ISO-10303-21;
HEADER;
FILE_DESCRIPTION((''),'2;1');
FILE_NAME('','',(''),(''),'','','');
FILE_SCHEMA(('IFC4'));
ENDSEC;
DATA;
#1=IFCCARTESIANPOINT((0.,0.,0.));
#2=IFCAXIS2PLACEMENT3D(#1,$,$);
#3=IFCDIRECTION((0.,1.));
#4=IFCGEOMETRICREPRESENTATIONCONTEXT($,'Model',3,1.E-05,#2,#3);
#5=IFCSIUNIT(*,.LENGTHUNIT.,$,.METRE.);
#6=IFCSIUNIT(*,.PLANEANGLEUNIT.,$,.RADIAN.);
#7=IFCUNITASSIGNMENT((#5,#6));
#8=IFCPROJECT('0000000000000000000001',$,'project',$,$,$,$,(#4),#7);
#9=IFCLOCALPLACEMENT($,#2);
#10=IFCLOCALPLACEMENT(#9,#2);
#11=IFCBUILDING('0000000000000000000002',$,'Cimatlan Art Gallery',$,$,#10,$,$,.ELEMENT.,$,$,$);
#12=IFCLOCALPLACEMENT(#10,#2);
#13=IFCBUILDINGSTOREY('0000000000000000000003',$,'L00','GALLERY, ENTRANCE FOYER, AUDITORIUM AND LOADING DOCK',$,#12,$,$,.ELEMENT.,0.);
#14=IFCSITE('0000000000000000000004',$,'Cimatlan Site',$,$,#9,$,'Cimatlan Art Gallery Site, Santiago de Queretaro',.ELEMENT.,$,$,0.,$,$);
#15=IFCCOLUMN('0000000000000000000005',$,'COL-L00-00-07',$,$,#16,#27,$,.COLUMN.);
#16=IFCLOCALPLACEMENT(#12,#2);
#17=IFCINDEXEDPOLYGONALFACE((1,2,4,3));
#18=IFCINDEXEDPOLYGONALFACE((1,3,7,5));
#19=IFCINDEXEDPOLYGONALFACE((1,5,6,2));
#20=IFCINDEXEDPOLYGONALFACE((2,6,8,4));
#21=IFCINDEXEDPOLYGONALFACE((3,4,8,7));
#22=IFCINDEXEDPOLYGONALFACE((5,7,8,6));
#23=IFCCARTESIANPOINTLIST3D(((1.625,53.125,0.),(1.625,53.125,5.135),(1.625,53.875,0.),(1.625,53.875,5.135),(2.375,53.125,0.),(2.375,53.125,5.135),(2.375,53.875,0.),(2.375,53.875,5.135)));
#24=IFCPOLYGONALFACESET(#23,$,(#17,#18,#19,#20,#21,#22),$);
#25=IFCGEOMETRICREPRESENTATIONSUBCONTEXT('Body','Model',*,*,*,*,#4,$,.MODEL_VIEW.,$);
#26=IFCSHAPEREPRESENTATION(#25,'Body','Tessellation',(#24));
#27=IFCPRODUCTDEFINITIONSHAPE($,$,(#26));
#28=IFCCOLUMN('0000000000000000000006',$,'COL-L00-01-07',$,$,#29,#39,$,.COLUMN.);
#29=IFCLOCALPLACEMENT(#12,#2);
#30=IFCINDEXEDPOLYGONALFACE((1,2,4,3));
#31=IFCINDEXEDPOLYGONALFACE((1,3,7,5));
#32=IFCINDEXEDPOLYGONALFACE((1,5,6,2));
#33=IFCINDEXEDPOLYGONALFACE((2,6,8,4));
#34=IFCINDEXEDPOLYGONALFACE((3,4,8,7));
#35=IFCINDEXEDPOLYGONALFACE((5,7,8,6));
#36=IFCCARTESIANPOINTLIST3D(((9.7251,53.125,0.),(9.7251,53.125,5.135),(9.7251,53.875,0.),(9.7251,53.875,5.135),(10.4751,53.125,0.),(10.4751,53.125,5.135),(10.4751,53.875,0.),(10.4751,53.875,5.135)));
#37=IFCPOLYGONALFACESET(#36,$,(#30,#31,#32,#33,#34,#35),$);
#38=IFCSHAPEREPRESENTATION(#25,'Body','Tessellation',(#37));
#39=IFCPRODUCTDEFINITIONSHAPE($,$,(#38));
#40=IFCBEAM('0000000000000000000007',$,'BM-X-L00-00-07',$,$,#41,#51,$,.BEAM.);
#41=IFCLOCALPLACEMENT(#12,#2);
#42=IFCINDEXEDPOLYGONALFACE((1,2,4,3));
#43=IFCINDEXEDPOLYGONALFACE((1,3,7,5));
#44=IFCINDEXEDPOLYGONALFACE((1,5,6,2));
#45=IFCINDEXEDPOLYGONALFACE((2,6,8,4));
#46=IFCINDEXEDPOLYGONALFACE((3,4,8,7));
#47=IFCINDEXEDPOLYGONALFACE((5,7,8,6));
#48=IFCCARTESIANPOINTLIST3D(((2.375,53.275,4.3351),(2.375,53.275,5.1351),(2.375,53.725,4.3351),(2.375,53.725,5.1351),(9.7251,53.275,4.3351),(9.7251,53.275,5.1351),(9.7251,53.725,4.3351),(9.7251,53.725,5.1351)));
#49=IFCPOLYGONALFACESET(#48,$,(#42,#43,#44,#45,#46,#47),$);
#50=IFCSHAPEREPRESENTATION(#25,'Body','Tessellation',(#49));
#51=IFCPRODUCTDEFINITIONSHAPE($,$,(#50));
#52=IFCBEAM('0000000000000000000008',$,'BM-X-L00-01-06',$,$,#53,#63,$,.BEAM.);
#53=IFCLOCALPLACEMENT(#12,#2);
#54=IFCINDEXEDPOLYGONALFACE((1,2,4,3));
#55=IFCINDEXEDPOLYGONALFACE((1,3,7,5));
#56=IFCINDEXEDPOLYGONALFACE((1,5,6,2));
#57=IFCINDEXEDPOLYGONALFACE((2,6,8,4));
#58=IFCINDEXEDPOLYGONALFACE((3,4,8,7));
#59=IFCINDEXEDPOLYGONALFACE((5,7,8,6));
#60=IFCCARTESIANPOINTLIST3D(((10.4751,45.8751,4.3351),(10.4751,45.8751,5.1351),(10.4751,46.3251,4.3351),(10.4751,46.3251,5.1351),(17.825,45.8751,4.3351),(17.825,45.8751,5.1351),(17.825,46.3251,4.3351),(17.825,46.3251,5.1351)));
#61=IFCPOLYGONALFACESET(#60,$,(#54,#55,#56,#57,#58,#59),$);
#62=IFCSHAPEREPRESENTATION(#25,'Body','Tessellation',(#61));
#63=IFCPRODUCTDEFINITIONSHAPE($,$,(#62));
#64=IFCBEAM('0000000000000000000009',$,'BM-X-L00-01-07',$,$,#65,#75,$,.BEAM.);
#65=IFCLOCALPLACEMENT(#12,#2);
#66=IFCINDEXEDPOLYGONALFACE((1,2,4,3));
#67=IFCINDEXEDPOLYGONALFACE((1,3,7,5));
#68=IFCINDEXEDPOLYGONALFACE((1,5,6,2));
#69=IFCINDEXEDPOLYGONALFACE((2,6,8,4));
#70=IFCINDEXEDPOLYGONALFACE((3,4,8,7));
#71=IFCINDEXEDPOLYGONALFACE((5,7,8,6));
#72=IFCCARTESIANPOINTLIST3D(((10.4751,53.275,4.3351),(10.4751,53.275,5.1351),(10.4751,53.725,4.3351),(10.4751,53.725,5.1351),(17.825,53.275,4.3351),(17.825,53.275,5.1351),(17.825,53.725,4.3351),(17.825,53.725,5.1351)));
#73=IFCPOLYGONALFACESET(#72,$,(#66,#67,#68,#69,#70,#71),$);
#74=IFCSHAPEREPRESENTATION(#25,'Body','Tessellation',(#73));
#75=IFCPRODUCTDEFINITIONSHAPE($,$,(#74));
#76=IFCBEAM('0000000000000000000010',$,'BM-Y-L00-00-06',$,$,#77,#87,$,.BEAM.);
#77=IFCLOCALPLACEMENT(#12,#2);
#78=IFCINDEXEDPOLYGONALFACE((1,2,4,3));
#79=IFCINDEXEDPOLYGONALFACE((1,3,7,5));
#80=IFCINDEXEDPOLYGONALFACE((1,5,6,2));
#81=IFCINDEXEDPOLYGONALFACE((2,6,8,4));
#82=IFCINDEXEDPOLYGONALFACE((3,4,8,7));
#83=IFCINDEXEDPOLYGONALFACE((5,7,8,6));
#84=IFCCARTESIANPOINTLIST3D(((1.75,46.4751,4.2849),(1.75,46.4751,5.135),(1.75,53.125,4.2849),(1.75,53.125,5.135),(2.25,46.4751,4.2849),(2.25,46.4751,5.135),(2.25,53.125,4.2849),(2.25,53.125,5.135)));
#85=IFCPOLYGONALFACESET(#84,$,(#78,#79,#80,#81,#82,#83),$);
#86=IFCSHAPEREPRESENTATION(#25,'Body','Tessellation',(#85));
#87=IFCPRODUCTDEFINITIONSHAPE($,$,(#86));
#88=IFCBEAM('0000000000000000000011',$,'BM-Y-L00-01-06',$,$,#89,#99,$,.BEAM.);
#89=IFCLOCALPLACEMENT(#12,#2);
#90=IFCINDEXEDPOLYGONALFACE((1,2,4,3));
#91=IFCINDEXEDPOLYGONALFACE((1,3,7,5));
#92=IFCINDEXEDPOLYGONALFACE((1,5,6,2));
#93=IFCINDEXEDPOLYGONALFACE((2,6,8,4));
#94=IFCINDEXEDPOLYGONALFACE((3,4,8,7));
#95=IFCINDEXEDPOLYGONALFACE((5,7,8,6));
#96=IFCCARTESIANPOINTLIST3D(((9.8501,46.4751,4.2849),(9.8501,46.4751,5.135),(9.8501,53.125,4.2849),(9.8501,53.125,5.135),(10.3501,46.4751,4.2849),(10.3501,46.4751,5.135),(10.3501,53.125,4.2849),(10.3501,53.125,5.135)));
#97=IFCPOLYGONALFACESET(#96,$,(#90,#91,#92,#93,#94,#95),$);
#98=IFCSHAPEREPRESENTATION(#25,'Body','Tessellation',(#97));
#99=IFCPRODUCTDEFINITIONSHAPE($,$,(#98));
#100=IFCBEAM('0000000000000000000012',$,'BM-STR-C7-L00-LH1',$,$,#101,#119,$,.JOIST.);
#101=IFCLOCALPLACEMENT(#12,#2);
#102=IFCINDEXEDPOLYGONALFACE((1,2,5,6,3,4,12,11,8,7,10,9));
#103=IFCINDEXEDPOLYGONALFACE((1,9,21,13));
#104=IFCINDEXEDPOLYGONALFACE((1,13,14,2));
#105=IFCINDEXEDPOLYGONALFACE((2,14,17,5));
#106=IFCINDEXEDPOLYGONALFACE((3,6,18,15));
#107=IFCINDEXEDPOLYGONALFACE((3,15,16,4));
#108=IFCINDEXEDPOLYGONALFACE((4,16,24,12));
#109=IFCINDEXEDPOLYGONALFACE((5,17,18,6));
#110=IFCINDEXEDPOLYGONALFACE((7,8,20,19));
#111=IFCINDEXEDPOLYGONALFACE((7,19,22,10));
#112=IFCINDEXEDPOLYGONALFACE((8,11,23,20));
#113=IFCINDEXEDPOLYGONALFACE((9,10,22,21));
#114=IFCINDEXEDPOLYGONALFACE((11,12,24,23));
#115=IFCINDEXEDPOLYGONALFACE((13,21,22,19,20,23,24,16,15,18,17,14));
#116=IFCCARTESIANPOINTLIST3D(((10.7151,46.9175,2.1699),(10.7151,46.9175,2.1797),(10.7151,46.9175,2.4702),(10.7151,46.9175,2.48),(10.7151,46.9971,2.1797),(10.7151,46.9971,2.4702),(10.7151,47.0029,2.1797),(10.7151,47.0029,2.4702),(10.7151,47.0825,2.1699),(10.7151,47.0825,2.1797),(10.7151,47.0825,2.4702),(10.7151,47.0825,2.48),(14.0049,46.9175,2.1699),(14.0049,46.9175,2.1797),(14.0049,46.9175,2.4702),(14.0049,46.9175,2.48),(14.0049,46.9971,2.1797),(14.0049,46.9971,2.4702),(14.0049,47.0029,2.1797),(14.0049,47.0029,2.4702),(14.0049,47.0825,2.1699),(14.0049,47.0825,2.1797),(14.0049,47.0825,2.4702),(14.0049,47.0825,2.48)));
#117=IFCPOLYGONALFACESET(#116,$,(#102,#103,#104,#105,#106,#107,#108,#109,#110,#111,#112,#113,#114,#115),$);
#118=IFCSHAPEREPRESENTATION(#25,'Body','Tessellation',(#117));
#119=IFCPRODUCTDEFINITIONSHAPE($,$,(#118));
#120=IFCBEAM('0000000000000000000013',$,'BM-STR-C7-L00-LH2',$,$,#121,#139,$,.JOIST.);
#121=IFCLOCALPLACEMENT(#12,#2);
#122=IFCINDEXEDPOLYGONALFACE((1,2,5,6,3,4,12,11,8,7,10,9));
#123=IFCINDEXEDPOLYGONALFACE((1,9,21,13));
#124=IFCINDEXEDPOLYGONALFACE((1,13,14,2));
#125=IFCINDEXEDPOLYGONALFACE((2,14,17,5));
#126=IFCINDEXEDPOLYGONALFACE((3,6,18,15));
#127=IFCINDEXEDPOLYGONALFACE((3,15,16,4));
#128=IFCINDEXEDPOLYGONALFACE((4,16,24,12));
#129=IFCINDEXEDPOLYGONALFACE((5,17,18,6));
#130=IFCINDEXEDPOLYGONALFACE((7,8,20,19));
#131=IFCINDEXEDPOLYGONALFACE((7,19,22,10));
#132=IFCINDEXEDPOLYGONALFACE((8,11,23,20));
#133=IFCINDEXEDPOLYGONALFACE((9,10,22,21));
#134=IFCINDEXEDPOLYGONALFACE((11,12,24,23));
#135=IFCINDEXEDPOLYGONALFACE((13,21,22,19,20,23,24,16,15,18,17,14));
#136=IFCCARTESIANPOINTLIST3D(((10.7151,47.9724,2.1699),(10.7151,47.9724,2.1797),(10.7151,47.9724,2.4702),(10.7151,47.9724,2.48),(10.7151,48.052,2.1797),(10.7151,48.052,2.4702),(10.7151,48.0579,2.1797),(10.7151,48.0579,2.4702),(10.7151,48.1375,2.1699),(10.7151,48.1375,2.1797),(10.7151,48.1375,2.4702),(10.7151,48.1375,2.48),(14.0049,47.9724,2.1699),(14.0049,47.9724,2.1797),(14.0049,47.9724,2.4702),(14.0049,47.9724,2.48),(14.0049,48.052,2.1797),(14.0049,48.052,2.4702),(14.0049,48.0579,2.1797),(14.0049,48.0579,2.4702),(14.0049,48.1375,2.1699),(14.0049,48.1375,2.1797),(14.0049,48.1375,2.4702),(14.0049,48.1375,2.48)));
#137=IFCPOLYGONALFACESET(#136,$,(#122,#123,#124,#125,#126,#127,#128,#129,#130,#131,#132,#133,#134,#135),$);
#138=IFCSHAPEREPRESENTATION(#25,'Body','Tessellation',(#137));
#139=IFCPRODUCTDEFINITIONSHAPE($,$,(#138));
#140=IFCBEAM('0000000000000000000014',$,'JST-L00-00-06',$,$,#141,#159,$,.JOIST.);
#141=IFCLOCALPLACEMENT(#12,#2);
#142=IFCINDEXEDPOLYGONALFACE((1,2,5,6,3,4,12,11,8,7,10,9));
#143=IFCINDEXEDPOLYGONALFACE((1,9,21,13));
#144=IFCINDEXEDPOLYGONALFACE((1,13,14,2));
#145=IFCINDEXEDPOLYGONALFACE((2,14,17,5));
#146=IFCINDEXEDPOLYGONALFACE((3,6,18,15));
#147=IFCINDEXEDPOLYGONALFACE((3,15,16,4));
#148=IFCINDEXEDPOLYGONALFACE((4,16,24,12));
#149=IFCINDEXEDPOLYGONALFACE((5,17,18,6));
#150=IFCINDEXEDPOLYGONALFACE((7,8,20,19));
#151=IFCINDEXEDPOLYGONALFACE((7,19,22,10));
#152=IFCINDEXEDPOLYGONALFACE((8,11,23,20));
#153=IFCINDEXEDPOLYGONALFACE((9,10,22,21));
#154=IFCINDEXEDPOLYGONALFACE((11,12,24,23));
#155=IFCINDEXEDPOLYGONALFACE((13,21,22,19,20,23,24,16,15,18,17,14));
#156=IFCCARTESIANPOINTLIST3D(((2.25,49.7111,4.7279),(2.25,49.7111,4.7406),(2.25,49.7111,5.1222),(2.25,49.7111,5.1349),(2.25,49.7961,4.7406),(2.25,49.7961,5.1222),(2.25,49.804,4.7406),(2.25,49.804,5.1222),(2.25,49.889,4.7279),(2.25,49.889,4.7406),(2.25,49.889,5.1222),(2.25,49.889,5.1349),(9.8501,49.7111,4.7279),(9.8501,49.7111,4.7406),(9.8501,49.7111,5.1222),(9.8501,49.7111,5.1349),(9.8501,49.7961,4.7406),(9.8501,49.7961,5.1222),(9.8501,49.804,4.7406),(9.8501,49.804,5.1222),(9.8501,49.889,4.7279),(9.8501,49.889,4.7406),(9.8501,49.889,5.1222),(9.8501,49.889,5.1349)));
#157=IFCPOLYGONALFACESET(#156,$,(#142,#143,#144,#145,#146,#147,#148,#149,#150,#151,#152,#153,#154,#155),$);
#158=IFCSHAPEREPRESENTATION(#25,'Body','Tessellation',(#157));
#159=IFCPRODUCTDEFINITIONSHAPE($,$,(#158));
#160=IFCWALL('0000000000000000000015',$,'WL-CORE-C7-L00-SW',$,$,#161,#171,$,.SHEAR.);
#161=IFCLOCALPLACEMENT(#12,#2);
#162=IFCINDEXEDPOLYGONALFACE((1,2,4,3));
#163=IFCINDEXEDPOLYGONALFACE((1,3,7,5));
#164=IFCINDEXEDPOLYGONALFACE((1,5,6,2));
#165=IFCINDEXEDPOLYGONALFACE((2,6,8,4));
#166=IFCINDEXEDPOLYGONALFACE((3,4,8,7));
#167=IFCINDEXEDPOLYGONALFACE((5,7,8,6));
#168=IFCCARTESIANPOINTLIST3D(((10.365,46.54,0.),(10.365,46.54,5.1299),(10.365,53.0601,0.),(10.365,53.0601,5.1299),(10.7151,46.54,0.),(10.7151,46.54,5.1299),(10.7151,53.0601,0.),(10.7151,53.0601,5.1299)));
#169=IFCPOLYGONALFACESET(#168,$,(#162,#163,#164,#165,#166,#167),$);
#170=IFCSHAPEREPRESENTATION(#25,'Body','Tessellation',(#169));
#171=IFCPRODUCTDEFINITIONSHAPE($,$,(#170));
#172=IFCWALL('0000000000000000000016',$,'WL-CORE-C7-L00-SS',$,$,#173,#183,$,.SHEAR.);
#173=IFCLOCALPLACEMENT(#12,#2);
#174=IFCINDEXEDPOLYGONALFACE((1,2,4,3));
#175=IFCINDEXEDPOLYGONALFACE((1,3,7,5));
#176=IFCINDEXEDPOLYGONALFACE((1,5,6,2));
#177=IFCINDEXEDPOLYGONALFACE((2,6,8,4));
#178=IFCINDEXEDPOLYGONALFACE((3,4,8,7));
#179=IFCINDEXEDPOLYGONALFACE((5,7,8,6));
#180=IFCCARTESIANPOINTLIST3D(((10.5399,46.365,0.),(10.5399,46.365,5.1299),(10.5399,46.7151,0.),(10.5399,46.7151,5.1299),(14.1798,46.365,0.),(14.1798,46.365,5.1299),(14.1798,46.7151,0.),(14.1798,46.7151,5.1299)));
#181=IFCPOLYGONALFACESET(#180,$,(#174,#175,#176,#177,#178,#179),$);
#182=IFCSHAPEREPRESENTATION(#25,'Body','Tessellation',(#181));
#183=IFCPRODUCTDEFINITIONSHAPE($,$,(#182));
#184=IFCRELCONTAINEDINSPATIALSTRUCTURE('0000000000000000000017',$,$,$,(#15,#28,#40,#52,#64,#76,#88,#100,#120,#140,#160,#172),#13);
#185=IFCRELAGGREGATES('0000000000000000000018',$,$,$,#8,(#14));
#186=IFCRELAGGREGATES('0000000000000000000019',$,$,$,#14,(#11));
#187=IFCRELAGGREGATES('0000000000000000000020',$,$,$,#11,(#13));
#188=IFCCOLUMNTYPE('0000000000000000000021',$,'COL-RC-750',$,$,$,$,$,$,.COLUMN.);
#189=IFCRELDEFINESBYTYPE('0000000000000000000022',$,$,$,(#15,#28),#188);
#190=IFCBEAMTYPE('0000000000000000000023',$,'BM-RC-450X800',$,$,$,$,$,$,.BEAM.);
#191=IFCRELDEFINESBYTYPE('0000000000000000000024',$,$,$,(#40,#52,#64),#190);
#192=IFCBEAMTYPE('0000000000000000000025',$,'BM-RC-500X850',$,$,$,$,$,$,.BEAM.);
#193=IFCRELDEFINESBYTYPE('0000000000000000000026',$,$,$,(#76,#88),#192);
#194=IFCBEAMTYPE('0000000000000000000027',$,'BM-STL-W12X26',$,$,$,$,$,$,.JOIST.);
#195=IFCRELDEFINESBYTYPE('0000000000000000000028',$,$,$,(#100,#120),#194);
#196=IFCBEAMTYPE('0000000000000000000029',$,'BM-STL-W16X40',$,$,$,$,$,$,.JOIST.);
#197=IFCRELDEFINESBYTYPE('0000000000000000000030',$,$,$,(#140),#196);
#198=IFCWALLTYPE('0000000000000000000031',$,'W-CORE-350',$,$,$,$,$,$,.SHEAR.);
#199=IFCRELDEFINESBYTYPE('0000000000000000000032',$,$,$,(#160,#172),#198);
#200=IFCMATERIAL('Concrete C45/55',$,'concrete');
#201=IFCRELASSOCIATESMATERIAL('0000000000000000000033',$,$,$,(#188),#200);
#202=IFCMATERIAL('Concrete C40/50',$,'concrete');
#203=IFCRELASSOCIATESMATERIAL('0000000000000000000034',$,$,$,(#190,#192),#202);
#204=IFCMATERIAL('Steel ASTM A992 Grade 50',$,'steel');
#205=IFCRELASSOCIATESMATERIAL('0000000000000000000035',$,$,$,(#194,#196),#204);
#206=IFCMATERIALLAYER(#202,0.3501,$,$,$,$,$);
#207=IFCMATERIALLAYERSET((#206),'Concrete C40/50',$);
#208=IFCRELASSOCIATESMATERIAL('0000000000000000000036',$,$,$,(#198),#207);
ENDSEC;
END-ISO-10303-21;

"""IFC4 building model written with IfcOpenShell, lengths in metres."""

from ifc_helpers import new_model, si_unit, direction, frame, frame_2d, origin, origin_2d, place, context, subcontext, project, spatial, rectangle, i_section, extrude, material, layer, layer_set, material_profile, profile_set, type_object, element, save


model = new_model("IFC4")

# Units and contexts
model_context = context("Model", 3, precision=1e-05, world=origin(), true_north=direction((0.0, 1.0)))
body_context = subcontext(model_context, "Body", "Model", "MODEL_VIEW")
ifc_project = project(units=[si_unit("LENGTHUNIT", "METRE"), si_unit("PLANEANGLEUNIT", "RADIAN")], contexts=[model_context])

# Site, building, storey
site_placement = place(None, origin())
site = spatial("IfcSite", under=ifc_project, at=site_placement, Name="Cimatlan Site", LongName="Cimatlan Art Gallery Site, Santiago de Queretaro", CompositionType="ELEMENT", RefElevation=0.0)
building_placement = place(site_placement, origin())
building = spatial("IfcBuilding", under=site, at=building_placement, Name="Cimatlan Art Gallery", CompositionType="ELEMENT")
storey_placement = place(building_placement, origin())
storey = spatial("IfcBuildingStorey", under=building, at=storey_placement, Name="L00", Description="GALLERY, ENTRANCE FOYER, AUDITORIUM AND LOADING DOCK", CompositionType="ELEMENT", Elevation=0.0)

# Columns
ifc_material_1 = material(Name="Concrete C45/55", Category="concrete")
ifc_material_profile_1 = material_profile(ifc_material_1, rectangle(XDim=0.75, YDim=0.75, at=origin_2d()), Name="RC750X750")
ifc_profile_set_1 = profile_set([ifc_material_profile_1], Name="Concrete C45/55")
column_type = type_object("IfcColumnType", Name="COL-RC-750", PredefinedType="COLUMN", material=ifc_profile_set_1)
for number, where, z_axis, x_axis, name in (
    (1, (2.0, 53.5, 0.0), (0.0, 0.0, 1.0), (1.0, 0.0, 0.0), "COL-L00-00-07"),
    (2, (10.1001, 53.5, 0.0), (0.0, 0.0, 1.0), (1.0, 0.0, 0.0), "COL-L00-01-07"),
):
    element("IfcColumn", number, at=place(storey_placement, frame(where, z_axis=z_axis, x_axis=x_axis)), inside=storey, type_object=column_type, Name=name, PredefinedType="COLUMN", context=body_context, shape_type="SweptSolid", body=[
        extrude(rectangle(XDim=0.75, YDim=0.75, at=origin_2d()), origin(), (0.0, 0.0, 1.0), 5.135),
    ])

# Beams
ifc_material_2 = material(Name="Concrete C40/50", Category="concrete")
ifc_material_profile_2 = material_profile(ifc_material_2, rectangle(XDim=0.45, YDim=0.8, at=origin_2d()), Name="RC450X800")
ifc_profile_set_2 = profile_set([ifc_material_profile_2], Name="Concrete C40/50")
beam_type_1 = type_object("IfcBeamType", Name="BM-RC-450X800", PredefinedType="BEAM", material=ifc_profile_set_2)
beam_1_placement = place(storey_placement, frame((2.375, 53.5, 4.7351), z_axis=(1.0, 0.0, 0.0), x_axis=(0.0, 1.0, 0.0)))
element("IfcBeam", 3, at=beam_1_placement, inside=storey, type_object=beam_type_1, Name="BM-X-L00-00-07", PredefinedType="BEAM", context=body_context, shape_type="SweptSolid", body=[
    extrude(rectangle(XDim=0.45, YDim=0.8, at=origin_2d()), origin(), (0.0, 0.0, 1.0), 7.3501),
])
for number, where, z_axis, x_axis, name in (
    (4, (10.4751, 46.1001, 4.7351), (1.0, 0.0, 0.0), (0.0, 1.0, 0.0), "BM-X-L00-01-06"),
    (5, (10.4751, 53.5, 4.7351), (1.0, 0.0, 0.0), (0.0, 1.0, 0.0), "BM-X-L00-01-07"),
):
    element("IfcBeam", number, at=place(storey_placement, frame(where, z_axis=z_axis, x_axis=x_axis)), inside=storey, type_object=beam_type_1, Name=name, PredefinedType="BEAM", context=body_context, shape_type="SweptSolid", body=[
        extrude(rectangle(XDim=0.45, YDim=0.8, at=origin_2d()), origin(), (0.0, 0.0, 1.0), 7.3499),
    ])
ifc_material_profile_3 = material_profile(ifc_material_2, rectangle(XDim=0.5, YDim=0.8501, at=origin_2d()), Name="RC500X850")
ifc_profile_set_3 = profile_set([ifc_material_profile_3], Name="Concrete C40/50")
beam_type_2 = type_object("IfcBeamType", Name="BM-RC-500X850", PredefinedType="BEAM", material=ifc_profile_set_3)
for number, where, z_axis, x_axis, name in (
    (6, (2.0, 46.4751, 4.71), (0.0, 1.0, 0.0), (-1.0, 0.0, 0.0), "BM-Y-L00-00-06"),
    (7, (10.1001, 46.4751, 4.71), (0.0, 1.0, 0.0), (-1.0, 0.0, 0.0), "BM-Y-L00-01-06"),
):
    element("IfcBeam", number, at=place(storey_placement, frame(where, z_axis=z_axis, x_axis=x_axis)), inside=storey, type_object=beam_type_2, Name=name, PredefinedType="BEAM", context=body_context, shape_type="SweptSolid", body=[
        extrude(rectangle(XDim=0.5, YDim=0.8501, at=origin_2d()), origin(), (0.0, 0.0, 1.0), 6.6499),
    ])
ifc_material_3 = material(Name="Steel ASTM A992 Grade 50", Category="steel")
ifc_material_profile_4 = material_profile(ifc_material_3, i_section(OverallWidth=0.165, OverallDepth=0.3101, WebThickness=0.0059, FlangeThickness=0.0098, at=origin_2d()), Name="W12X26")
ifc_profile_set_4 = profile_set([ifc_material_profile_4], Name="Steel ASTM A992 Grade 50")
beam_type_3 = type_object("IfcBeamType", Name="BM-STL-W12X26", PredefinedType="JOIST", material=ifc_profile_set_4)
for number, where, z_axis, x_axis, name in (
    (8, (10.7151, 47.0, 2.325), (1.0, 0.0, 0.0), (0.0, 1.0, 0.0), "BM-STR-C7-L00-LH1"),
    (9, (10.7151, 48.0549, 2.325), (1.0, 0.0, 0.0), (0.0, 1.0, 0.0), "BM-STR-C7-L00-LH2"),
):
    element("IfcBeam", number, at=place(storey_placement, frame(where, z_axis=z_axis, x_axis=x_axis)), inside=storey, type_object=beam_type_3, Name=name, PredefinedType="JOIST", context=body_context, shape_type="SweptSolid", body=[
        extrude(i_section(OverallWidth=0.165, OverallDepth=0.3101, WebThickness=0.0059, FlangeThickness=0.0098, at=origin_2d()), origin(), (0.0, 0.0, 1.0), 3.2898),
    ])
ifc_material_profile_5 = material_profile(ifc_material_3, i_section(OverallWidth=0.178, OverallDepth=0.407, WebThickness=0.0078, FlangeThickness=0.0127, at=origin_2d()), Name="W16X40")
ifc_profile_set_5 = profile_set([ifc_material_profile_5], Name="Steel ASTM A992 Grade 50")
beam_type_4 = type_object("IfcBeamType", Name="BM-STL-W16X40", PredefinedType="JOIST", material=ifc_profile_set_5)
beam_2_placement = place(storey_placement, frame((2.25, 49.8, 4.9314), z_axis=(1.0, 0.0, 0.0), x_axis=(0.0, 1.0, 0.0)))
element("IfcBeam", 10, at=beam_2_placement, inside=storey, type_object=beam_type_4, Name="JST-L00-00-06", PredefinedType="JOIST", context=body_context, shape_type="SweptSolid", body=[
    extrude(i_section(OverallWidth=0.178, OverallDepth=0.407, WebThickness=0.0078, FlangeThickness=0.0127, at=origin_2d()), origin(), (0.0, 0.0, 1.0), 7.6001),
])

# Walls
ifc_layer_1 = layer(ifc_material_2, 0.3501)
ifc_layer_set_1 = layer_set([ifc_layer_1], Name="Concrete C40/50")
wall_type_1 = type_object("IfcWallType", Name="W-CORE-350", PredefinedType="SHEAR", material=ifc_layer_set_1)
wall_1_placement = place(storey_placement, frame((10.54, 46.54, 0.0), z_axis=(0.0, 0.0, 1.0), x_axis=(0.0, 1.0, 0.0)))
element("IfcWall", 11, at=wall_1_placement, inside=storey, type_object=wall_type_1, Name="WL-CORE-C7-L00-SW", PredefinedType="SHEAR", context=body_context, shape_type="SweptSolid", body=[
    extrude(rectangle(XDim=6.52, YDim=0.3501, at=frame_2d((3.26, 0.0))), origin(), (0.0, 0.0, 1.0), 5.1299),
])
wall_2_placement = place(storey_placement, frame((10.54, 46.54, 0.0), z_axis=(0.0, 0.0, 1.0), x_axis=(1.0, 0.0, 0.0)))
element("IfcWall", 12, at=wall_2_placement, inside=storey, type_object=wall_type_1, Name="WL-CORE-C7-L00-SS", PredefinedType="SHEAR", context=body_context, shape_type="SweptSolid", body=[
    extrude(rectangle(XDim=3.6399, YDim=0.3501, at=frame_2d((1.8198, 0.0))), origin(), (0.0, 0.0, 1.0), 5.1299),
])

save(model, "model.ifc")
